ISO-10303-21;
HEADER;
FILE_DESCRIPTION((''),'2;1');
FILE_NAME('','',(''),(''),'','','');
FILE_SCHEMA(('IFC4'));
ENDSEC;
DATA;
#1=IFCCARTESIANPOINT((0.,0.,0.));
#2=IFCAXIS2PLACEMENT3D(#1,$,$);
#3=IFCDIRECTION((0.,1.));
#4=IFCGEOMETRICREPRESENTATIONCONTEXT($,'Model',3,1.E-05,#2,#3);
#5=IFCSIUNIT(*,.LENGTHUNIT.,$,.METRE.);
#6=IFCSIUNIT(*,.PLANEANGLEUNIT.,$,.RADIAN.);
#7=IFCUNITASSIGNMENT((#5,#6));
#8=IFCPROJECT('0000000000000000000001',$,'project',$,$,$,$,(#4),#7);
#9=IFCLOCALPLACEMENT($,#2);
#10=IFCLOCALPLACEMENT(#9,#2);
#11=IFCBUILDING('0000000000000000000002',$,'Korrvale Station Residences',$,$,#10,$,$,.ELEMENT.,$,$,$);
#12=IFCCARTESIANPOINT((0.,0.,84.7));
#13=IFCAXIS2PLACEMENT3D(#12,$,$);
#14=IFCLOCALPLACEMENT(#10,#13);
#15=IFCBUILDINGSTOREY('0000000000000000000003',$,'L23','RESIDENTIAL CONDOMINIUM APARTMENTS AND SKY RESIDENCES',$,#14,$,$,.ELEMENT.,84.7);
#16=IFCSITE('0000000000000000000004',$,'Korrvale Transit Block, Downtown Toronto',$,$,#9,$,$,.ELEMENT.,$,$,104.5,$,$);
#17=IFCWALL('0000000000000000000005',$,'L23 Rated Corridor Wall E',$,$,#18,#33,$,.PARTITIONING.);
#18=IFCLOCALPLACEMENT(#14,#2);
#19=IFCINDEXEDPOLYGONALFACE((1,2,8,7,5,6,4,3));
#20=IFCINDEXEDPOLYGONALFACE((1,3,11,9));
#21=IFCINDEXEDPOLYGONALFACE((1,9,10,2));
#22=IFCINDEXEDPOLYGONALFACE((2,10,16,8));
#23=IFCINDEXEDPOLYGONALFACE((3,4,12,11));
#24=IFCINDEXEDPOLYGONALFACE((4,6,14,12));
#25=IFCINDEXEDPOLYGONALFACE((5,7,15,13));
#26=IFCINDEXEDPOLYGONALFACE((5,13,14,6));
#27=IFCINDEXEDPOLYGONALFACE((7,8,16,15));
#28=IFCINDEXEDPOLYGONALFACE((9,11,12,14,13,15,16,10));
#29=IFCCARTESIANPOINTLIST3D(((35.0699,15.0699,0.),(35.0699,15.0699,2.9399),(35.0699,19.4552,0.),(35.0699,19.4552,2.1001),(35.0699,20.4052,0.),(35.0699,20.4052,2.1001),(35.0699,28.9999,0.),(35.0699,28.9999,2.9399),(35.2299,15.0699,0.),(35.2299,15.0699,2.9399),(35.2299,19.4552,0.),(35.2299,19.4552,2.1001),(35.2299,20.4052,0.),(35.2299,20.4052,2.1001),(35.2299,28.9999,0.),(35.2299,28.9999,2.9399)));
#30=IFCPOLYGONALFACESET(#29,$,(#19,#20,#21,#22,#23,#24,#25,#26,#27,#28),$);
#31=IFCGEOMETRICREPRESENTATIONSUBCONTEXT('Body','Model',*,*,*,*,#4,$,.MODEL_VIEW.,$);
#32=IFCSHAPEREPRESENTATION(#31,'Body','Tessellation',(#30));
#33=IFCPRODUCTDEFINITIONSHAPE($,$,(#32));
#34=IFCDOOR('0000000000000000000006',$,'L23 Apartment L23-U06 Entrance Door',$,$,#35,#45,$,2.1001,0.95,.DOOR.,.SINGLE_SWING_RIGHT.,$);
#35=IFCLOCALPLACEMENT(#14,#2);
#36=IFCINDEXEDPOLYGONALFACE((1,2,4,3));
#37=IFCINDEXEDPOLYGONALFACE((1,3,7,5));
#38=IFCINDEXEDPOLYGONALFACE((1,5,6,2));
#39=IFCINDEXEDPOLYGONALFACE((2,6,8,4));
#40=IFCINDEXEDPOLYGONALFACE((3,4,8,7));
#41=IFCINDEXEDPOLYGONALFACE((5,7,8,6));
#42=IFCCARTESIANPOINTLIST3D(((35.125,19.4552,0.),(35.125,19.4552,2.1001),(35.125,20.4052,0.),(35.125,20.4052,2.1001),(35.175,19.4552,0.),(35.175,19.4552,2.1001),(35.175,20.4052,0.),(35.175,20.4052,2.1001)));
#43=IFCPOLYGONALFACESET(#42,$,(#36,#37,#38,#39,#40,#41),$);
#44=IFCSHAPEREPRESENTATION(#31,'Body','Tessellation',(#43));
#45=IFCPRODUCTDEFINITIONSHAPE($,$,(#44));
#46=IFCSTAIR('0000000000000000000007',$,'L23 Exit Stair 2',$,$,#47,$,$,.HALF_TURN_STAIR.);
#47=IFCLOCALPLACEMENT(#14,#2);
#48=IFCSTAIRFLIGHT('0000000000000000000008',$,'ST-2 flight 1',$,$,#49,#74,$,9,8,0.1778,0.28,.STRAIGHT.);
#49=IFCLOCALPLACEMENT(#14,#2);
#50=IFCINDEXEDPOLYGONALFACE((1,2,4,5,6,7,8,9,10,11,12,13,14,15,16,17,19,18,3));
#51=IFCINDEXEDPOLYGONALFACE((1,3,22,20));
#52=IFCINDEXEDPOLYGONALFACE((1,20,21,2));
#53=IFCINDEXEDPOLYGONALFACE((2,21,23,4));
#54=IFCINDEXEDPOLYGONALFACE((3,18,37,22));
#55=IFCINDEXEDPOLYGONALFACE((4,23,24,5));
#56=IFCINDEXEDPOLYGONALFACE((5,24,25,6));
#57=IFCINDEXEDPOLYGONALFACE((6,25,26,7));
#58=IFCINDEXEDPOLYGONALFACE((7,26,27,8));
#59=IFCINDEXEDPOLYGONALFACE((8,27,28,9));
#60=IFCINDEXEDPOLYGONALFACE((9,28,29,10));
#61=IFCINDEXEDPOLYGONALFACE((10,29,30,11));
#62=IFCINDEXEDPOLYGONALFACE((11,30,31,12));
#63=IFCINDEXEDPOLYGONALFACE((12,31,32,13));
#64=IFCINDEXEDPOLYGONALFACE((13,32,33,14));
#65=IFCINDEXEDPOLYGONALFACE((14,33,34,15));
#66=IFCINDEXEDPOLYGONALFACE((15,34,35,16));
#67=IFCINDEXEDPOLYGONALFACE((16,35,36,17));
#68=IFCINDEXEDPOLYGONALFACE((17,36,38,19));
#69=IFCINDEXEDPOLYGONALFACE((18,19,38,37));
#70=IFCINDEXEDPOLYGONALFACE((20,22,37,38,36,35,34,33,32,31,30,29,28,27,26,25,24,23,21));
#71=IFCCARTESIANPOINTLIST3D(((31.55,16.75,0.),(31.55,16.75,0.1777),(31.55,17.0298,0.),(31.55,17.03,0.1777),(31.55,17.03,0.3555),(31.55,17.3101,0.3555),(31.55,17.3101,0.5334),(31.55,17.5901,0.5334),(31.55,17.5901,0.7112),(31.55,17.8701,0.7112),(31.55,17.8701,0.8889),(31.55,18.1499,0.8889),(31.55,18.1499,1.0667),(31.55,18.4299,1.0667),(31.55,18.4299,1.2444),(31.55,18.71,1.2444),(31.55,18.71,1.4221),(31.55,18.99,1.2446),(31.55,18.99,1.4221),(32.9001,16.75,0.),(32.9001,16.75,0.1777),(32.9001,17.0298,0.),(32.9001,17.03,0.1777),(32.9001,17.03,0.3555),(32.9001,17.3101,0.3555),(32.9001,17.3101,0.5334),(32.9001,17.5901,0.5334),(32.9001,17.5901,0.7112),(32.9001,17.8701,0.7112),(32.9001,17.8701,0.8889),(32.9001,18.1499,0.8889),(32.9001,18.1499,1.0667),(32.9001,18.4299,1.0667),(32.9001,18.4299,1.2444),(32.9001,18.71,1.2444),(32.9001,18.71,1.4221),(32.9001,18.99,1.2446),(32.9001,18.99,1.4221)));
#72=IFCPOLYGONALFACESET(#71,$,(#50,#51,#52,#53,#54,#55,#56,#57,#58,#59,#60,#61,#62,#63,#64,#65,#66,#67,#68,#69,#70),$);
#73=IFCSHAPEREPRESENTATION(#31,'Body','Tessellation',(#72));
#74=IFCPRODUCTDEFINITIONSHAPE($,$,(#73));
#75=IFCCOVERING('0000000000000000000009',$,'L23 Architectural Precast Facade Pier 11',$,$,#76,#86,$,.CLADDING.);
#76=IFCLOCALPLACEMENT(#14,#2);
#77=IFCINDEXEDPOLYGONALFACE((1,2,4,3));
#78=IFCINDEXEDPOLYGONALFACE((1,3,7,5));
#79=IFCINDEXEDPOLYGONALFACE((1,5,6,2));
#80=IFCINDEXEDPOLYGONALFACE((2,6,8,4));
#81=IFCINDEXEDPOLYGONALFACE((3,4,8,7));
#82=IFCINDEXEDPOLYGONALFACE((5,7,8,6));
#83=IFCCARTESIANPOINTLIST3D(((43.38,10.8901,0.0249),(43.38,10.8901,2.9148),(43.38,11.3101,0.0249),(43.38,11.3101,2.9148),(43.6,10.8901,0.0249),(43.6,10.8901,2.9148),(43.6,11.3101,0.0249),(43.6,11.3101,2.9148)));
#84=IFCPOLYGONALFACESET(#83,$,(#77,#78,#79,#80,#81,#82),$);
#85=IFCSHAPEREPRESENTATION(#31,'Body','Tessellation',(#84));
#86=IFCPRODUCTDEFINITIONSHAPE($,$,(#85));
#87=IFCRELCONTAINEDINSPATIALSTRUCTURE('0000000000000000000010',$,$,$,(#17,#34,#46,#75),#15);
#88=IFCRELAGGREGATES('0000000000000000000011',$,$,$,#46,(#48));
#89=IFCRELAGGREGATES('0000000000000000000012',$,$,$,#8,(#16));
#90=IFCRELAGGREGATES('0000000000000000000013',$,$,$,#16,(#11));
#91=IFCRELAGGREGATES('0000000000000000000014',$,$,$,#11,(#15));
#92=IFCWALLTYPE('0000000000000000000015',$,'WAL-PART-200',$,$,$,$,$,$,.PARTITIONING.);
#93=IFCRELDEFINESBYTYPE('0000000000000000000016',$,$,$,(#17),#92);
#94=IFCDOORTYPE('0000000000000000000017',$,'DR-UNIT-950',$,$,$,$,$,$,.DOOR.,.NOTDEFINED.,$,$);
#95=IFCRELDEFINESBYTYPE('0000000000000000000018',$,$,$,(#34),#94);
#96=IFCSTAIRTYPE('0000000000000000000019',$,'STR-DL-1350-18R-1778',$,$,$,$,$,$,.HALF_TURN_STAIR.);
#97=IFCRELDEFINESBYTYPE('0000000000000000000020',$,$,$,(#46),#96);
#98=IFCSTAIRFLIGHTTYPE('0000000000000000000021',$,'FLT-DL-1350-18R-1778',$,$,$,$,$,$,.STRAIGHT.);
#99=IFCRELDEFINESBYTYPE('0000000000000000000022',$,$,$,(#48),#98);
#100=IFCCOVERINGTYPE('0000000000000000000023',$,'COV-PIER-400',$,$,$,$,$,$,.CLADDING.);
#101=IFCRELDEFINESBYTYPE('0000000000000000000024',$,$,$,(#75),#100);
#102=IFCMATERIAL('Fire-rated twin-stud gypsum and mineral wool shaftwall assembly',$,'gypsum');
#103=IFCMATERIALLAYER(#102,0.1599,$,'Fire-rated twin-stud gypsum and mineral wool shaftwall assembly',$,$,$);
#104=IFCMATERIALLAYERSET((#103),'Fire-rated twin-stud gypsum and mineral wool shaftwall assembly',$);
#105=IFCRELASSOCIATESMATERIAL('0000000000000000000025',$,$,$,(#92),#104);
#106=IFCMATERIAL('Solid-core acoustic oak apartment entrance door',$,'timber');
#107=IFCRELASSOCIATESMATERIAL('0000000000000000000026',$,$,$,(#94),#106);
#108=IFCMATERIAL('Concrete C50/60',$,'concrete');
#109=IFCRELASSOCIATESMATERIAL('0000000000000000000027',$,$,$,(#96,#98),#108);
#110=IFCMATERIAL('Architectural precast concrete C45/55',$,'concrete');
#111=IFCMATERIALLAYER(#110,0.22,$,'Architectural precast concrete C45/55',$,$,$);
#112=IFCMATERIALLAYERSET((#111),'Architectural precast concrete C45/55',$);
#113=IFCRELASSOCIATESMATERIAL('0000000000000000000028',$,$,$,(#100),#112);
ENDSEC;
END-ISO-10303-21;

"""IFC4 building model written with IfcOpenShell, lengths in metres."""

from ifc_helpers import new_model, si_unit, direction, frame, frame_2d, origin, origin_2d, place, context, subcontext, project, spatial, polyline, rectangle, outline, extrude, material, layer, layer_set, type_object, element, fill, aggregate, save


model = new_model("IFC4")

# Units and contexts
model_context = context("Model", 3, precision=1e-05, world=origin(), true_north=direction((0.0, 1.0)))
body_context = subcontext(model_context, "Body", "Model", "MODEL_VIEW")
ifc_project = project(units=[si_unit("LENGTHUNIT", "METRE"), si_unit("PLANEANGLEUNIT", "RADIAN")], contexts=[model_context])

# Site, building, storey
site_placement = place(None, origin())
site = spatial("IfcSite", under=ifc_project, at=site_placement, Name="Korrvale Transit Block, Downtown Toronto", CompositionType="ELEMENT", RefElevation=104.5)
building_placement = place(site_placement, origin())
building = spatial("IfcBuilding", under=site, at=building_placement, Name="Korrvale Station Residences", CompositionType="ELEMENT")
storey_placement = place(building_placement, frame((0.0, 0.0, 84.7)))
storey = spatial("IfcBuildingStorey", under=building, at=storey_placement, Name="L23", Description="RESIDENTIAL CONDOMINIUM APARTMENTS AND SKY RESIDENCES", CompositionType="ELEMENT", Elevation=84.7)

# Shared definitions
ifc_material_1 = material(Name="Fire-rated twin-stud gypsum and mineral wool shaftwall assembly", Category="gypsum")
ifc_layer_1 = layer(ifc_material_1, 0.1599, Name="Fire-rated twin-stud gypsum and mineral wool shaftwall assembly")
ifc_layer_set_1 = layer_set([ifc_layer_1], Name="Fire-rated twin-stud gypsum and mineral wool shaftwall assembly")
wall_type_1 = type_object("IfcWallType", Name="WAL-PART-200", PredefinedType="PARTITIONING", material=ifc_layer_set_1)

# Wall, opening, door
wall_1_placement = place(storey_placement, frame((35.1499, 15.0701, 0.0), z_axis=(0.0, 0.0, 1.0), x_axis=(0.0, 1.0, 0.0)))
wall_1 = element("IfcWall", 1, at=wall_1_placement, inside=storey, type_object=wall_type_1, Name="L23 Rated Corridor Wall E", PredefinedType="PARTITIONING", context=body_context, shape_type="SweptSolid", body=[
    extrude(rectangle(XDim=13.9299, YDim=0.1599, at=frame_2d((6.9648, 0.0))), origin(), (0.0, 0.0, 1.0), 2.9399),
])
opening_1_placement = place(wall_1_placement, frame((4.385, 0.0, 0.0)))
opening_1 = element("IfcOpeningElement", 2, at=opening_1_placement, cuts=wall_1, PredefinedType="OPENING", context=body_context, shape_type="SweptSolid", body=[
    extrude(rectangle(XDim=0.95, YDim=2.1001, at=frame_2d((0.4751, 1.05))), frame((0.0, 0.0898, 0.0), z_axis=(0.0, -1.0, 0.0), x_axis=(1.0, 0.0, 0.0)), (0.0, 0.0, 1.0), 0.1799),
])
ifc_material_2 = material(Name="Solid-core acoustic oak apartment entrance door", Category="timber")
door_type_1 = type_object("IfcDoorType", Name="DR-UNIT-950", OperationType="NOTDEFINED", PredefinedType="DOOR", material=ifc_material_2)
door_1_placement = place(opening_1_placement, origin())
door_1 = element("IfcDoor", 3, at=door_1_placement, inside=storey, type_object=door_type_1, Name="L23 Apartment L23-U06 Entrance Door", OperationType="SINGLE_SWING_RIGHT", OverallHeight=2.1001, OverallWidth=0.95, PredefinedType="DOOR", context=body_context, shape_type="SweptSolid", body=[
    extrude(rectangle(XDim=0.95, YDim=2.1001, at=frame_2d((0.4751, 1.05))), frame((0.0, 0.0249, 0.0), z_axis=(0.0, -1.0, 0.0), x_axis=(1.0, 0.0, 0.0)), (0.0, 0.0, 1.0), 0.05),
])
fill(opening_1, door_1)

# Stair, stair flight
ifc_material_3 = material(Name="Concrete C50/60", Category="concrete")
stair_type = type_object("IfcStairType", Name="STR-DL-1350-18R-1778", PredefinedType="HALF_TURN_STAIR", material=ifc_material_3)
stair_placement = place(storey_placement, origin())
stair = element("IfcStair", 4, at=stair_placement, inside=storey, type_object=stair_type, Name="L23 Exit Stair 2", PredefinedType="HALF_TURN_STAIR")
stair_flight_type = type_object("IfcStairFlightType", Name="FLT-DL-1350-18R-1778", PredefinedType="STRAIGHT", material=ifc_material_3)
stair_flight_placement = place(storey_placement, frame((32.2251, 16.75, 0.0), z_axis=(0.0, 0.0, 1.0), x_axis=(0.0, 1.0, 0.0)))
stair_flight = element("IfcStairFlight", 5, at=stair_flight_placement, type_object=stair_flight_type, Name="ST-2 flight 1", NumberOfRisers=9, NumberOfTreads=8, PredefinedType="STRAIGHT", RiserHeight=0.1778, TreadLength=0.28, context=body_context, shape_type="SweptSolid", body=[
    extrude(outline(polyline([(0.0, 0.0), (0.0, 0.1777), (0.28, 0.1777), (0.28, 0.3555), (0.5601, 0.3555), (0.5601, 0.5334), (0.8401, 0.5334), (0.8401, 0.7112), (1.1201, 0.7112), (1.1201, 0.8889), (1.3999, 0.8889), (1.3999, 1.0667), (1.6799, 1.0667), (1.6799, 1.2444), (1.96, 1.2444), (1.96, 1.4221), (2.24, 1.4221), (2.24, 1.6001), (2.24, 1.2446), (0.2798, 0.0), (0.0, 0.0)])), frame((0.0, 0.675, 0.0), z_axis=(0.0, -1.0, 0.0), x_axis=(1.0, 0.0, 0.0)), (0.0, 0.0, 1.0), 1.3501),
])
aggregate(stair, [stair_flight])

# Covering
ifc_material_4 = material(Name="Architectural precast concrete C45/55", Category="concrete")
ifc_layer_2 = layer(ifc_material_4, 0.22, Name="Architectural precast concrete C45/55")
ifc_layer_set_2 = layer_set([ifc_layer_2], Name="Architectural precast concrete C45/55")
covering_type = type_object("IfcCoveringType", Name="COV-PIER-400", PredefinedType="CLADDING", material=ifc_layer_set_2)
covering_placement = place(storey_placement, frame((43.49, 11.1001, 0.0249), z_axis=(0.0, 0.0, 1.0), x_axis=(0.0, 1.0, 0.0)))
element("IfcCovering", 6, at=covering_placement, inside=storey, type_object=covering_type, Name="L23 Architectural Precast Facade Pier 11", PredefinedType="CLADDING", context=body_context, shape_type="SweptSolid", body=[
    extrude(rectangle(XDim=0.4199, YDim=0.22, at=origin_2d()), origin(), (0.0, 0.0, 1.0), 2.8899),
])

save(model, "model.ifc")
